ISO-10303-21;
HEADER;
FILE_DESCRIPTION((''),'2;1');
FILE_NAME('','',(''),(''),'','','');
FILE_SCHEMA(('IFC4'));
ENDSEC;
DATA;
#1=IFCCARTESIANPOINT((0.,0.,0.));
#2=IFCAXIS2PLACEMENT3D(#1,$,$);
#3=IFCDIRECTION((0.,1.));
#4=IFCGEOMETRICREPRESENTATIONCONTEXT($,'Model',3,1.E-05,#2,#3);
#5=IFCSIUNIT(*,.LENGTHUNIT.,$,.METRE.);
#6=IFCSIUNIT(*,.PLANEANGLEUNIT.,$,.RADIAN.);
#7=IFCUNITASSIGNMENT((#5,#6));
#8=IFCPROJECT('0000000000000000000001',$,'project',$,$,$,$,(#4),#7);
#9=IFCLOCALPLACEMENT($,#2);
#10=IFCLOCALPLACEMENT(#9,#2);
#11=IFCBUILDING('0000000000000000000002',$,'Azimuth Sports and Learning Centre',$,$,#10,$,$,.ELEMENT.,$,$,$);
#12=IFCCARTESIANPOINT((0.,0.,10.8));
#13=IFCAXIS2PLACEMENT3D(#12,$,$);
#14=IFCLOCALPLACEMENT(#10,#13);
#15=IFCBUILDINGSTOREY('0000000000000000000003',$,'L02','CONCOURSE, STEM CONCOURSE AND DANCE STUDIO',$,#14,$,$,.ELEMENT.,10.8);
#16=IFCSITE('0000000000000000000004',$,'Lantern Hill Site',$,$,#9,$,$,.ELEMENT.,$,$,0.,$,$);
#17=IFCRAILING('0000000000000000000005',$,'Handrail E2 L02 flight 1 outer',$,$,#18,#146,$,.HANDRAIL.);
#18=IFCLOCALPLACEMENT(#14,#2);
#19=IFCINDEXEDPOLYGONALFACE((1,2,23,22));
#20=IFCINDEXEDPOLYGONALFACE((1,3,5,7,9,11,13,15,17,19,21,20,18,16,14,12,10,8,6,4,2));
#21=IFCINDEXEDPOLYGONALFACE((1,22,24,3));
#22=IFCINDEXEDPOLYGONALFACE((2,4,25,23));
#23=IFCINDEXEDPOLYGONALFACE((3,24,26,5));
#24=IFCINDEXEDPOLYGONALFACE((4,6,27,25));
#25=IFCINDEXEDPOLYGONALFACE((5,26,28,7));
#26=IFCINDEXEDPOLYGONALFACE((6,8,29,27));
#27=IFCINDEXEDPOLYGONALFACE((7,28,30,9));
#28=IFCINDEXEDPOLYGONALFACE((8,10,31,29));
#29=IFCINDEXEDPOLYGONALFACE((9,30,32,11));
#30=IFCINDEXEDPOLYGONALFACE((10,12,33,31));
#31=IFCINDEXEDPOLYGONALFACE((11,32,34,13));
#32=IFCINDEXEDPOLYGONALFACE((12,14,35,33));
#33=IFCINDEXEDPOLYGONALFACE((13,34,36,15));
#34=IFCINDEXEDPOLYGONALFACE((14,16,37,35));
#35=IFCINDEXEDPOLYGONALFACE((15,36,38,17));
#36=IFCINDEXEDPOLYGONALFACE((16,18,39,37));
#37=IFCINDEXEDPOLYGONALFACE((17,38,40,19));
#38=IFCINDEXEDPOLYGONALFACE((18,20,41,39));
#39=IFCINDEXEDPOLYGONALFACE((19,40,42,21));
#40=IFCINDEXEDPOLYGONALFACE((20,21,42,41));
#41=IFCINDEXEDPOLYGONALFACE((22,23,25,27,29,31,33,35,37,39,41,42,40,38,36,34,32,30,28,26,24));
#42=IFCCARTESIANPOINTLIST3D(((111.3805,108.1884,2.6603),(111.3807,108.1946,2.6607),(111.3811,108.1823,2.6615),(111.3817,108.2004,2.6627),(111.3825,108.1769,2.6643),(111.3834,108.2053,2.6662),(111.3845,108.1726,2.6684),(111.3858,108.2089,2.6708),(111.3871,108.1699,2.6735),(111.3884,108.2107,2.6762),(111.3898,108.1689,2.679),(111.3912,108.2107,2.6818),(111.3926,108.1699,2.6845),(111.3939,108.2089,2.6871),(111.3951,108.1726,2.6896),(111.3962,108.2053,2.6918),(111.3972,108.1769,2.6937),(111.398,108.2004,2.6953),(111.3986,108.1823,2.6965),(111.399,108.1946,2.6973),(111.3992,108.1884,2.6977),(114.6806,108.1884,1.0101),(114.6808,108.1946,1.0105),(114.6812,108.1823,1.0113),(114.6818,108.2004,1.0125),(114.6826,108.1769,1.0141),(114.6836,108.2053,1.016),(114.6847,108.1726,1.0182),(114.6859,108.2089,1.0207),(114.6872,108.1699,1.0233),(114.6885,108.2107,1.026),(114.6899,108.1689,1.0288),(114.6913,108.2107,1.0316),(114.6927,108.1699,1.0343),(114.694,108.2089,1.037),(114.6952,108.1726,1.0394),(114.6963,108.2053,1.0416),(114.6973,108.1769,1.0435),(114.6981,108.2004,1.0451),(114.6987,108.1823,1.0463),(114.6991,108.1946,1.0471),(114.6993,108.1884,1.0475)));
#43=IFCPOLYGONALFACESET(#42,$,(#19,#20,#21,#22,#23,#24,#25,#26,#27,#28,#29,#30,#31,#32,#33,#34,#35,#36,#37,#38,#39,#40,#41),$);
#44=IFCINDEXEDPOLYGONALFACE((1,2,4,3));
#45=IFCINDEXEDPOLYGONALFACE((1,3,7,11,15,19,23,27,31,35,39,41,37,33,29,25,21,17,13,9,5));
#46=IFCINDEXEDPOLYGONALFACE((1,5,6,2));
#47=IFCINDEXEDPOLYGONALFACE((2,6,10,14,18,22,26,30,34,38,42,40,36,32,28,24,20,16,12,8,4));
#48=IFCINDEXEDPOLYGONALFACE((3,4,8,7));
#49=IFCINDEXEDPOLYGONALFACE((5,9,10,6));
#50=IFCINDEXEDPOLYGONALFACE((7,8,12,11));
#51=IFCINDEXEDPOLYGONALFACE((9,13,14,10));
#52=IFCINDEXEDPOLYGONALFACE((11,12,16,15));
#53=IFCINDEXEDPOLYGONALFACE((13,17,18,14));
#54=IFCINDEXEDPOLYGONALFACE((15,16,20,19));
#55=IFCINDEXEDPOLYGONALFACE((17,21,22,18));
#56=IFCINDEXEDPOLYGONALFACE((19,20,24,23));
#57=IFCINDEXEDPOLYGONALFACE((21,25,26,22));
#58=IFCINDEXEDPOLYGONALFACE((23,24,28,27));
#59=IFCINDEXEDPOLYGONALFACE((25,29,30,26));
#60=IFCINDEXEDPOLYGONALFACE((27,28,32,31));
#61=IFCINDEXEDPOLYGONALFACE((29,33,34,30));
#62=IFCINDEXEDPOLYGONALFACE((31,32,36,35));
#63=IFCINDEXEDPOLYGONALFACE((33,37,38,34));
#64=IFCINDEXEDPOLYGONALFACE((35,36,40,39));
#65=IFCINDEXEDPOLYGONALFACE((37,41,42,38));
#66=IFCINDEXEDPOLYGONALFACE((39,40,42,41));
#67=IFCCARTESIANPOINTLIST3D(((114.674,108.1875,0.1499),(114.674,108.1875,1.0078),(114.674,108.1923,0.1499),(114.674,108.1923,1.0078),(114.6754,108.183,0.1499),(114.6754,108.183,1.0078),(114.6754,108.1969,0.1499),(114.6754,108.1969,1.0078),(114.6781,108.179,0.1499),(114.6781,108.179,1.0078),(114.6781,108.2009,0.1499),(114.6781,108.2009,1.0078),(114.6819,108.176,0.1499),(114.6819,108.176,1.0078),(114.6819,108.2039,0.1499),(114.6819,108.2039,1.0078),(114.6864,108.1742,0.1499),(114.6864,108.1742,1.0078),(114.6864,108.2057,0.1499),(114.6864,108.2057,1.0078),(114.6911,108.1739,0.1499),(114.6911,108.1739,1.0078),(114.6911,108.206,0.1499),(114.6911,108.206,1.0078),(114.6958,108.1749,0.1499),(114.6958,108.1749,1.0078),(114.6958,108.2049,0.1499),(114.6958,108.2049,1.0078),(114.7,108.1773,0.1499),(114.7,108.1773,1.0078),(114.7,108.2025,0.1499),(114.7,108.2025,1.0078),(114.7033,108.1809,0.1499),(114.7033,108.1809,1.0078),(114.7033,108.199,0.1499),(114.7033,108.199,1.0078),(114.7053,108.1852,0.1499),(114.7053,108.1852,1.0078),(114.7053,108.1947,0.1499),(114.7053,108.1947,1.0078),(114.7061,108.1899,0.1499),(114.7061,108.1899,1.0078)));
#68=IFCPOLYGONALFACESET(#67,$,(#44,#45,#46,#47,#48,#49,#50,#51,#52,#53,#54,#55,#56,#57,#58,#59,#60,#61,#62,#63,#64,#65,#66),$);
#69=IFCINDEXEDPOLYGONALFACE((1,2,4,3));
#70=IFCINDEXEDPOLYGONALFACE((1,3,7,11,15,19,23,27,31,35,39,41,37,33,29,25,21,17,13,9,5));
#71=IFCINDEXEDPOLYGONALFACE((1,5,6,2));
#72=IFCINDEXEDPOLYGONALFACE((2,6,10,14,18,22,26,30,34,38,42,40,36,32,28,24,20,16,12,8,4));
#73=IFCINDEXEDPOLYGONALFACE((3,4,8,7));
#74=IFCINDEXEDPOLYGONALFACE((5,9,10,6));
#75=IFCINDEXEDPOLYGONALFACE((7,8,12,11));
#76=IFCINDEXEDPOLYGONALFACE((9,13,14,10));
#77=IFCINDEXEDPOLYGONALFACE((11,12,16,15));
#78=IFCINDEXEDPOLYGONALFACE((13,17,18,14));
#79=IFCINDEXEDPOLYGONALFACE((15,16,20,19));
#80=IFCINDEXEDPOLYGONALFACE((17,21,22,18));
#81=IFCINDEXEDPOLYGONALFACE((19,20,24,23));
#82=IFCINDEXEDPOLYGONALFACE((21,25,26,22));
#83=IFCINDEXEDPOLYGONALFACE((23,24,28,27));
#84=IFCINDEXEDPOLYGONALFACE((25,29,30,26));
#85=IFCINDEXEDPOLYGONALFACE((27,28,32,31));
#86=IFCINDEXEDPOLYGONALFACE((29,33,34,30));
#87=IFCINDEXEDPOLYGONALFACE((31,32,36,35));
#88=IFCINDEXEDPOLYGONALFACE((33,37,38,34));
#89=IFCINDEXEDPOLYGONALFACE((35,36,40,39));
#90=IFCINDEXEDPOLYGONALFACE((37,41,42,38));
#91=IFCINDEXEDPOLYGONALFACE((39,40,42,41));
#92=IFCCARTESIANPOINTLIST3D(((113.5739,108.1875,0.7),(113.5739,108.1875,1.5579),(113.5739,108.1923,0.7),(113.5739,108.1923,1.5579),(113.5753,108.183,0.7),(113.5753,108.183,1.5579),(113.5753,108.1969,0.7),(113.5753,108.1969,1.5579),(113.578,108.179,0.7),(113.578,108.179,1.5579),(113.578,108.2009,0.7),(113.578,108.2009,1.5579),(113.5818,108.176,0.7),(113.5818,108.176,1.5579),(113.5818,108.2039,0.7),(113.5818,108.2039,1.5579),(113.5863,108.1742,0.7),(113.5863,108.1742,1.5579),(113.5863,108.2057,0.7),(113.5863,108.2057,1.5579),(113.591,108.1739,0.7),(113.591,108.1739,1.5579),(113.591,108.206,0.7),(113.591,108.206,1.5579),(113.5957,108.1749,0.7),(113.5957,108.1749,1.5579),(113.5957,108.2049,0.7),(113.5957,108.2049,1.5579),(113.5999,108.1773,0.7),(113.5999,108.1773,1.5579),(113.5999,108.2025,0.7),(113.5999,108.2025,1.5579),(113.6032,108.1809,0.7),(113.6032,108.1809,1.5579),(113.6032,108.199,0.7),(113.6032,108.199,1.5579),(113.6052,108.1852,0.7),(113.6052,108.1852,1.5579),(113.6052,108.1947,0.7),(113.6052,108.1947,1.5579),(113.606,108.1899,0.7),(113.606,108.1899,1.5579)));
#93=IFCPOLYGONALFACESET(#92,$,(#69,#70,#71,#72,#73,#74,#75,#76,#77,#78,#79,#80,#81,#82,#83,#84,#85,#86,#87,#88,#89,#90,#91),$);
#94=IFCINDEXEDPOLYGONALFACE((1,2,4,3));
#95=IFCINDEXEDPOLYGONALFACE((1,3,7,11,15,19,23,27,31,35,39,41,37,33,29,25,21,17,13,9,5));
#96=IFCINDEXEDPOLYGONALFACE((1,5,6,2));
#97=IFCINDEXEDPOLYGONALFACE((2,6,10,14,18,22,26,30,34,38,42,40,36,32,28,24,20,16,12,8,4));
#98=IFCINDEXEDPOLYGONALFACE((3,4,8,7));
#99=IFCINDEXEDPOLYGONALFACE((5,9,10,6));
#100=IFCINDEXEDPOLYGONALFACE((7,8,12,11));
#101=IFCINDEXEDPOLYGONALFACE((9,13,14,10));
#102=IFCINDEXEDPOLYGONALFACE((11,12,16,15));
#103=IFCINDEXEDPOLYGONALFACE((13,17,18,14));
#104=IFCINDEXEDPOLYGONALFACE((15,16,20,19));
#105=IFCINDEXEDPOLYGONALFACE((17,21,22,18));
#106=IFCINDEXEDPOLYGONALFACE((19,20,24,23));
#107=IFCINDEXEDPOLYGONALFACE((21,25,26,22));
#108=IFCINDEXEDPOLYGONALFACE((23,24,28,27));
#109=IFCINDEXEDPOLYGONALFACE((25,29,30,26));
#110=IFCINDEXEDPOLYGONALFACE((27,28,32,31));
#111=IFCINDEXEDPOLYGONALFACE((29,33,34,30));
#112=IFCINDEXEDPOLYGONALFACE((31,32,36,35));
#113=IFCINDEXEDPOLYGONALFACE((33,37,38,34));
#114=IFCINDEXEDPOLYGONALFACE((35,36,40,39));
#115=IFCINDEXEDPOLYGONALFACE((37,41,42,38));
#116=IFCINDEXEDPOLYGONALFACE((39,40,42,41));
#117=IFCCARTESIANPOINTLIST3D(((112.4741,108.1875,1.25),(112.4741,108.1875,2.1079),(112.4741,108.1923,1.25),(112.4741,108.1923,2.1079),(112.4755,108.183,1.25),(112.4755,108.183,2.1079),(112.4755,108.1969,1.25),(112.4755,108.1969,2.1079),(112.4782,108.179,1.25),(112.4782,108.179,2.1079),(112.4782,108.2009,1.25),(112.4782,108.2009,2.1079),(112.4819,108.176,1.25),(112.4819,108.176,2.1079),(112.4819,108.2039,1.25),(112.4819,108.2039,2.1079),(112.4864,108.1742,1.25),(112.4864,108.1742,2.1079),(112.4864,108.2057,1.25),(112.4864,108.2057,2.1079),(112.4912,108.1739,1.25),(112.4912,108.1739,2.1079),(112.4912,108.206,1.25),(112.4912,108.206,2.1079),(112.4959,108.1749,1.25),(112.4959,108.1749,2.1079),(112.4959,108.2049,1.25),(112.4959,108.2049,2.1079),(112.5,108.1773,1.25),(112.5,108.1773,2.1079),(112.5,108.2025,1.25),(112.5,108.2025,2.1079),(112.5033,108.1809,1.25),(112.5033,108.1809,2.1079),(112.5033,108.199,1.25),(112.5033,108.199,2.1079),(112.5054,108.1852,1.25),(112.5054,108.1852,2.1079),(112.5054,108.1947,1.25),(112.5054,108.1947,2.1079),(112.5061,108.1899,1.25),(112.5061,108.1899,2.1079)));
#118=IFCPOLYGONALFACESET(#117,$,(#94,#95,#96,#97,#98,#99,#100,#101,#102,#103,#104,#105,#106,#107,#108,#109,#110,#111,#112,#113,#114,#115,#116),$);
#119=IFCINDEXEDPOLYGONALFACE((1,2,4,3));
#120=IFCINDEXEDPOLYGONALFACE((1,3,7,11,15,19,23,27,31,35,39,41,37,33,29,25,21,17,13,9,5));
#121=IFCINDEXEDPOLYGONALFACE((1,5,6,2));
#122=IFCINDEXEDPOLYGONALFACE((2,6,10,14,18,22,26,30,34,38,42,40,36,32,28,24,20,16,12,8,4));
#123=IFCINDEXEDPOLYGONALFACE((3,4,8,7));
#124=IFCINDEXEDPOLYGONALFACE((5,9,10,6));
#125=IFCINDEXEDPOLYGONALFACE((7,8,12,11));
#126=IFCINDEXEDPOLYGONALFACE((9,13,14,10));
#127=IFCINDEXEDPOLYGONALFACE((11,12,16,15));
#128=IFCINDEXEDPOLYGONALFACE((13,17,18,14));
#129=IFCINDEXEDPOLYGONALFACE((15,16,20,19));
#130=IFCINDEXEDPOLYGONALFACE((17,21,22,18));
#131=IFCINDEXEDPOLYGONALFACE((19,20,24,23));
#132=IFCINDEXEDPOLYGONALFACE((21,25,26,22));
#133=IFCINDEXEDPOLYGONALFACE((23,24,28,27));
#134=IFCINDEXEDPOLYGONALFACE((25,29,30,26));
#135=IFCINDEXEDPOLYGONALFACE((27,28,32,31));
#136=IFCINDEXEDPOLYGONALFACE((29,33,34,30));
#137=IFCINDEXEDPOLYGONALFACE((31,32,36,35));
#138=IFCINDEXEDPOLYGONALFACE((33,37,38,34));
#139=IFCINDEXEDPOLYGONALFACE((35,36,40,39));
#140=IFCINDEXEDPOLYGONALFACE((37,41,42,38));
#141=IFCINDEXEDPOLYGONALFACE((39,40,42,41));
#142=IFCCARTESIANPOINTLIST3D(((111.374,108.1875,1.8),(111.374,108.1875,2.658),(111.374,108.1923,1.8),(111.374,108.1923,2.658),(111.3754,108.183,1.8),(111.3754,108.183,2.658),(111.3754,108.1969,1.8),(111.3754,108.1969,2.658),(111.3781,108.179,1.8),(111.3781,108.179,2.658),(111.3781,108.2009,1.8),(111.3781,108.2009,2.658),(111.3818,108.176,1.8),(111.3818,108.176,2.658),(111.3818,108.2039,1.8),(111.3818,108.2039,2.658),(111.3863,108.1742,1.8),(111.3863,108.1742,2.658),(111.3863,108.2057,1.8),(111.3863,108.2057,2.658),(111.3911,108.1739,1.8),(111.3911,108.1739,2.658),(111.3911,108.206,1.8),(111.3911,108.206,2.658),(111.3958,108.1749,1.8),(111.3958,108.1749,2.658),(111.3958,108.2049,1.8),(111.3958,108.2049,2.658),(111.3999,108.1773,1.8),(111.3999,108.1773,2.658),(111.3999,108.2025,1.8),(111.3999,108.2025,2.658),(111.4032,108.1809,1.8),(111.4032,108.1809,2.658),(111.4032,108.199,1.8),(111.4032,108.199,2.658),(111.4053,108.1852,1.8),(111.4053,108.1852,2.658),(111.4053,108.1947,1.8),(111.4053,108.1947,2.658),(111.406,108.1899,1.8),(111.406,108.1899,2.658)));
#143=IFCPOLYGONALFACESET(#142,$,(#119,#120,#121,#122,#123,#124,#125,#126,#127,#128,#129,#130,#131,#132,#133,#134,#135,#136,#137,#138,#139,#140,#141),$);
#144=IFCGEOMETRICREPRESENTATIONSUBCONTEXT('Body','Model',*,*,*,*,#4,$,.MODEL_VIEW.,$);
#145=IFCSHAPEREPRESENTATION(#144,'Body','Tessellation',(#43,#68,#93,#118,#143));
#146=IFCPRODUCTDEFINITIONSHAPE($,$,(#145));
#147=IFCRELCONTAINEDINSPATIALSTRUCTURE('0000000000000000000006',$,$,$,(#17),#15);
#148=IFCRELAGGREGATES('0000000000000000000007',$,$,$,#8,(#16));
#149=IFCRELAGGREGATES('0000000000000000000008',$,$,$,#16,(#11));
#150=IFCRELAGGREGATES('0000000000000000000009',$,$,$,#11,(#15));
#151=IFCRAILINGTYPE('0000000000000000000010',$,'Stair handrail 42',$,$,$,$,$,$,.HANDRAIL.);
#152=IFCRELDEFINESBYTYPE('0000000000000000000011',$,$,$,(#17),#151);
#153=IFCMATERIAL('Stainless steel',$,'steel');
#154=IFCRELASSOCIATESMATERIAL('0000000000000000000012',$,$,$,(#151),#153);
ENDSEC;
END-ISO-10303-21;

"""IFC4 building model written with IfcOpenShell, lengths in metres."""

from ifc_helpers import new_model, si_unit, direction, frame, origin, origin_2d, place, context, subcontext, project, spatial, circle, extrude, material, type_object, element, save


model = new_model("IFC4")

# Units and contexts
model_context = context("Model", 3, precision=1e-05, world=origin(), true_north=direction((0.0, 1.0)))
body_context = subcontext(model_context, "Body", "Model", "MODEL_VIEW")
ifc_project = project(units=[si_unit("LENGTHUNIT", "METRE"), si_unit("PLANEANGLEUNIT", "RADIAN")], contexts=[model_context])

# Site, building, storey
site_placement = place(None, origin())
site = spatial("IfcSite", under=ifc_project, at=site_placement, Name="Lantern Hill Site", CompositionType="ELEMENT", RefElevation=0.0)
building_placement = place(site_placement, origin())
building = spatial("IfcBuilding", under=site, at=building_placement, Name="Azimuth Sports and Learning Centre", CompositionType="ELEMENT")
storey_placement = place(building_placement, frame((0.0, 0.0, 10.8)))
storey = spatial("IfcBuildingStorey", under=building, at=storey_placement, Name="L02", Description="CONCOURSE, STEM CONCOURSE AND DANCE STUDIO", CompositionType="ELEMENT", Elevation=10.8)

# Railing
ifc_material_1 = material(Name="Stainless steel", Category="steel")
railing_type_1 = type_object("IfcRailingType", Name="Stair handrail 42", PredefinedType="HANDRAIL", material=ifc_material_1)
for number, where, name in (
    (1, (114.6899, 108.1899, 0.1499), "Handrail E2 L02 flight 1 outer"),
):
    element("IfcRailing", number, at=place(storey_placement, frame(where)), inside=storey, type_object=railing_type_1, Name=name, PredefinedType="HANDRAIL", context=body_context, shape_type="SweptSolid", body=[
        extrude(circle(Radius=0.021, at=origin_2d()), frame((0.0, 0.0, 0.8789), z_axis=(-0.894414, 0.0, 0.44724), x_axis=(0.0, -1.0, 0.0)), (0.0, 0.0, 1.0), 3.6897),
        extrude(circle(Radius=0.0161, at=origin_2d()), origin(), (0.0, 0.0, 1.0), 0.8579),
        extrude(circle(Radius=0.0161, at=origin_2d()), frame((-1.1001, 0.0, 0.55)), (0.0, 0.0, 1.0), 0.8579),
        extrude(circle(Radius=0.0161, at=origin_2d()), frame((-2.2, 0.0, 1.1001)), (0.0, 0.0, 1.0), 0.8579),
        extrude(circle(Radius=0.0161, at=origin_2d()), frame((-3.3, 0.0, 1.6501)), (0.0, 0.0, 1.0), 0.8579),
    ])

save(model, "model.ifc")
